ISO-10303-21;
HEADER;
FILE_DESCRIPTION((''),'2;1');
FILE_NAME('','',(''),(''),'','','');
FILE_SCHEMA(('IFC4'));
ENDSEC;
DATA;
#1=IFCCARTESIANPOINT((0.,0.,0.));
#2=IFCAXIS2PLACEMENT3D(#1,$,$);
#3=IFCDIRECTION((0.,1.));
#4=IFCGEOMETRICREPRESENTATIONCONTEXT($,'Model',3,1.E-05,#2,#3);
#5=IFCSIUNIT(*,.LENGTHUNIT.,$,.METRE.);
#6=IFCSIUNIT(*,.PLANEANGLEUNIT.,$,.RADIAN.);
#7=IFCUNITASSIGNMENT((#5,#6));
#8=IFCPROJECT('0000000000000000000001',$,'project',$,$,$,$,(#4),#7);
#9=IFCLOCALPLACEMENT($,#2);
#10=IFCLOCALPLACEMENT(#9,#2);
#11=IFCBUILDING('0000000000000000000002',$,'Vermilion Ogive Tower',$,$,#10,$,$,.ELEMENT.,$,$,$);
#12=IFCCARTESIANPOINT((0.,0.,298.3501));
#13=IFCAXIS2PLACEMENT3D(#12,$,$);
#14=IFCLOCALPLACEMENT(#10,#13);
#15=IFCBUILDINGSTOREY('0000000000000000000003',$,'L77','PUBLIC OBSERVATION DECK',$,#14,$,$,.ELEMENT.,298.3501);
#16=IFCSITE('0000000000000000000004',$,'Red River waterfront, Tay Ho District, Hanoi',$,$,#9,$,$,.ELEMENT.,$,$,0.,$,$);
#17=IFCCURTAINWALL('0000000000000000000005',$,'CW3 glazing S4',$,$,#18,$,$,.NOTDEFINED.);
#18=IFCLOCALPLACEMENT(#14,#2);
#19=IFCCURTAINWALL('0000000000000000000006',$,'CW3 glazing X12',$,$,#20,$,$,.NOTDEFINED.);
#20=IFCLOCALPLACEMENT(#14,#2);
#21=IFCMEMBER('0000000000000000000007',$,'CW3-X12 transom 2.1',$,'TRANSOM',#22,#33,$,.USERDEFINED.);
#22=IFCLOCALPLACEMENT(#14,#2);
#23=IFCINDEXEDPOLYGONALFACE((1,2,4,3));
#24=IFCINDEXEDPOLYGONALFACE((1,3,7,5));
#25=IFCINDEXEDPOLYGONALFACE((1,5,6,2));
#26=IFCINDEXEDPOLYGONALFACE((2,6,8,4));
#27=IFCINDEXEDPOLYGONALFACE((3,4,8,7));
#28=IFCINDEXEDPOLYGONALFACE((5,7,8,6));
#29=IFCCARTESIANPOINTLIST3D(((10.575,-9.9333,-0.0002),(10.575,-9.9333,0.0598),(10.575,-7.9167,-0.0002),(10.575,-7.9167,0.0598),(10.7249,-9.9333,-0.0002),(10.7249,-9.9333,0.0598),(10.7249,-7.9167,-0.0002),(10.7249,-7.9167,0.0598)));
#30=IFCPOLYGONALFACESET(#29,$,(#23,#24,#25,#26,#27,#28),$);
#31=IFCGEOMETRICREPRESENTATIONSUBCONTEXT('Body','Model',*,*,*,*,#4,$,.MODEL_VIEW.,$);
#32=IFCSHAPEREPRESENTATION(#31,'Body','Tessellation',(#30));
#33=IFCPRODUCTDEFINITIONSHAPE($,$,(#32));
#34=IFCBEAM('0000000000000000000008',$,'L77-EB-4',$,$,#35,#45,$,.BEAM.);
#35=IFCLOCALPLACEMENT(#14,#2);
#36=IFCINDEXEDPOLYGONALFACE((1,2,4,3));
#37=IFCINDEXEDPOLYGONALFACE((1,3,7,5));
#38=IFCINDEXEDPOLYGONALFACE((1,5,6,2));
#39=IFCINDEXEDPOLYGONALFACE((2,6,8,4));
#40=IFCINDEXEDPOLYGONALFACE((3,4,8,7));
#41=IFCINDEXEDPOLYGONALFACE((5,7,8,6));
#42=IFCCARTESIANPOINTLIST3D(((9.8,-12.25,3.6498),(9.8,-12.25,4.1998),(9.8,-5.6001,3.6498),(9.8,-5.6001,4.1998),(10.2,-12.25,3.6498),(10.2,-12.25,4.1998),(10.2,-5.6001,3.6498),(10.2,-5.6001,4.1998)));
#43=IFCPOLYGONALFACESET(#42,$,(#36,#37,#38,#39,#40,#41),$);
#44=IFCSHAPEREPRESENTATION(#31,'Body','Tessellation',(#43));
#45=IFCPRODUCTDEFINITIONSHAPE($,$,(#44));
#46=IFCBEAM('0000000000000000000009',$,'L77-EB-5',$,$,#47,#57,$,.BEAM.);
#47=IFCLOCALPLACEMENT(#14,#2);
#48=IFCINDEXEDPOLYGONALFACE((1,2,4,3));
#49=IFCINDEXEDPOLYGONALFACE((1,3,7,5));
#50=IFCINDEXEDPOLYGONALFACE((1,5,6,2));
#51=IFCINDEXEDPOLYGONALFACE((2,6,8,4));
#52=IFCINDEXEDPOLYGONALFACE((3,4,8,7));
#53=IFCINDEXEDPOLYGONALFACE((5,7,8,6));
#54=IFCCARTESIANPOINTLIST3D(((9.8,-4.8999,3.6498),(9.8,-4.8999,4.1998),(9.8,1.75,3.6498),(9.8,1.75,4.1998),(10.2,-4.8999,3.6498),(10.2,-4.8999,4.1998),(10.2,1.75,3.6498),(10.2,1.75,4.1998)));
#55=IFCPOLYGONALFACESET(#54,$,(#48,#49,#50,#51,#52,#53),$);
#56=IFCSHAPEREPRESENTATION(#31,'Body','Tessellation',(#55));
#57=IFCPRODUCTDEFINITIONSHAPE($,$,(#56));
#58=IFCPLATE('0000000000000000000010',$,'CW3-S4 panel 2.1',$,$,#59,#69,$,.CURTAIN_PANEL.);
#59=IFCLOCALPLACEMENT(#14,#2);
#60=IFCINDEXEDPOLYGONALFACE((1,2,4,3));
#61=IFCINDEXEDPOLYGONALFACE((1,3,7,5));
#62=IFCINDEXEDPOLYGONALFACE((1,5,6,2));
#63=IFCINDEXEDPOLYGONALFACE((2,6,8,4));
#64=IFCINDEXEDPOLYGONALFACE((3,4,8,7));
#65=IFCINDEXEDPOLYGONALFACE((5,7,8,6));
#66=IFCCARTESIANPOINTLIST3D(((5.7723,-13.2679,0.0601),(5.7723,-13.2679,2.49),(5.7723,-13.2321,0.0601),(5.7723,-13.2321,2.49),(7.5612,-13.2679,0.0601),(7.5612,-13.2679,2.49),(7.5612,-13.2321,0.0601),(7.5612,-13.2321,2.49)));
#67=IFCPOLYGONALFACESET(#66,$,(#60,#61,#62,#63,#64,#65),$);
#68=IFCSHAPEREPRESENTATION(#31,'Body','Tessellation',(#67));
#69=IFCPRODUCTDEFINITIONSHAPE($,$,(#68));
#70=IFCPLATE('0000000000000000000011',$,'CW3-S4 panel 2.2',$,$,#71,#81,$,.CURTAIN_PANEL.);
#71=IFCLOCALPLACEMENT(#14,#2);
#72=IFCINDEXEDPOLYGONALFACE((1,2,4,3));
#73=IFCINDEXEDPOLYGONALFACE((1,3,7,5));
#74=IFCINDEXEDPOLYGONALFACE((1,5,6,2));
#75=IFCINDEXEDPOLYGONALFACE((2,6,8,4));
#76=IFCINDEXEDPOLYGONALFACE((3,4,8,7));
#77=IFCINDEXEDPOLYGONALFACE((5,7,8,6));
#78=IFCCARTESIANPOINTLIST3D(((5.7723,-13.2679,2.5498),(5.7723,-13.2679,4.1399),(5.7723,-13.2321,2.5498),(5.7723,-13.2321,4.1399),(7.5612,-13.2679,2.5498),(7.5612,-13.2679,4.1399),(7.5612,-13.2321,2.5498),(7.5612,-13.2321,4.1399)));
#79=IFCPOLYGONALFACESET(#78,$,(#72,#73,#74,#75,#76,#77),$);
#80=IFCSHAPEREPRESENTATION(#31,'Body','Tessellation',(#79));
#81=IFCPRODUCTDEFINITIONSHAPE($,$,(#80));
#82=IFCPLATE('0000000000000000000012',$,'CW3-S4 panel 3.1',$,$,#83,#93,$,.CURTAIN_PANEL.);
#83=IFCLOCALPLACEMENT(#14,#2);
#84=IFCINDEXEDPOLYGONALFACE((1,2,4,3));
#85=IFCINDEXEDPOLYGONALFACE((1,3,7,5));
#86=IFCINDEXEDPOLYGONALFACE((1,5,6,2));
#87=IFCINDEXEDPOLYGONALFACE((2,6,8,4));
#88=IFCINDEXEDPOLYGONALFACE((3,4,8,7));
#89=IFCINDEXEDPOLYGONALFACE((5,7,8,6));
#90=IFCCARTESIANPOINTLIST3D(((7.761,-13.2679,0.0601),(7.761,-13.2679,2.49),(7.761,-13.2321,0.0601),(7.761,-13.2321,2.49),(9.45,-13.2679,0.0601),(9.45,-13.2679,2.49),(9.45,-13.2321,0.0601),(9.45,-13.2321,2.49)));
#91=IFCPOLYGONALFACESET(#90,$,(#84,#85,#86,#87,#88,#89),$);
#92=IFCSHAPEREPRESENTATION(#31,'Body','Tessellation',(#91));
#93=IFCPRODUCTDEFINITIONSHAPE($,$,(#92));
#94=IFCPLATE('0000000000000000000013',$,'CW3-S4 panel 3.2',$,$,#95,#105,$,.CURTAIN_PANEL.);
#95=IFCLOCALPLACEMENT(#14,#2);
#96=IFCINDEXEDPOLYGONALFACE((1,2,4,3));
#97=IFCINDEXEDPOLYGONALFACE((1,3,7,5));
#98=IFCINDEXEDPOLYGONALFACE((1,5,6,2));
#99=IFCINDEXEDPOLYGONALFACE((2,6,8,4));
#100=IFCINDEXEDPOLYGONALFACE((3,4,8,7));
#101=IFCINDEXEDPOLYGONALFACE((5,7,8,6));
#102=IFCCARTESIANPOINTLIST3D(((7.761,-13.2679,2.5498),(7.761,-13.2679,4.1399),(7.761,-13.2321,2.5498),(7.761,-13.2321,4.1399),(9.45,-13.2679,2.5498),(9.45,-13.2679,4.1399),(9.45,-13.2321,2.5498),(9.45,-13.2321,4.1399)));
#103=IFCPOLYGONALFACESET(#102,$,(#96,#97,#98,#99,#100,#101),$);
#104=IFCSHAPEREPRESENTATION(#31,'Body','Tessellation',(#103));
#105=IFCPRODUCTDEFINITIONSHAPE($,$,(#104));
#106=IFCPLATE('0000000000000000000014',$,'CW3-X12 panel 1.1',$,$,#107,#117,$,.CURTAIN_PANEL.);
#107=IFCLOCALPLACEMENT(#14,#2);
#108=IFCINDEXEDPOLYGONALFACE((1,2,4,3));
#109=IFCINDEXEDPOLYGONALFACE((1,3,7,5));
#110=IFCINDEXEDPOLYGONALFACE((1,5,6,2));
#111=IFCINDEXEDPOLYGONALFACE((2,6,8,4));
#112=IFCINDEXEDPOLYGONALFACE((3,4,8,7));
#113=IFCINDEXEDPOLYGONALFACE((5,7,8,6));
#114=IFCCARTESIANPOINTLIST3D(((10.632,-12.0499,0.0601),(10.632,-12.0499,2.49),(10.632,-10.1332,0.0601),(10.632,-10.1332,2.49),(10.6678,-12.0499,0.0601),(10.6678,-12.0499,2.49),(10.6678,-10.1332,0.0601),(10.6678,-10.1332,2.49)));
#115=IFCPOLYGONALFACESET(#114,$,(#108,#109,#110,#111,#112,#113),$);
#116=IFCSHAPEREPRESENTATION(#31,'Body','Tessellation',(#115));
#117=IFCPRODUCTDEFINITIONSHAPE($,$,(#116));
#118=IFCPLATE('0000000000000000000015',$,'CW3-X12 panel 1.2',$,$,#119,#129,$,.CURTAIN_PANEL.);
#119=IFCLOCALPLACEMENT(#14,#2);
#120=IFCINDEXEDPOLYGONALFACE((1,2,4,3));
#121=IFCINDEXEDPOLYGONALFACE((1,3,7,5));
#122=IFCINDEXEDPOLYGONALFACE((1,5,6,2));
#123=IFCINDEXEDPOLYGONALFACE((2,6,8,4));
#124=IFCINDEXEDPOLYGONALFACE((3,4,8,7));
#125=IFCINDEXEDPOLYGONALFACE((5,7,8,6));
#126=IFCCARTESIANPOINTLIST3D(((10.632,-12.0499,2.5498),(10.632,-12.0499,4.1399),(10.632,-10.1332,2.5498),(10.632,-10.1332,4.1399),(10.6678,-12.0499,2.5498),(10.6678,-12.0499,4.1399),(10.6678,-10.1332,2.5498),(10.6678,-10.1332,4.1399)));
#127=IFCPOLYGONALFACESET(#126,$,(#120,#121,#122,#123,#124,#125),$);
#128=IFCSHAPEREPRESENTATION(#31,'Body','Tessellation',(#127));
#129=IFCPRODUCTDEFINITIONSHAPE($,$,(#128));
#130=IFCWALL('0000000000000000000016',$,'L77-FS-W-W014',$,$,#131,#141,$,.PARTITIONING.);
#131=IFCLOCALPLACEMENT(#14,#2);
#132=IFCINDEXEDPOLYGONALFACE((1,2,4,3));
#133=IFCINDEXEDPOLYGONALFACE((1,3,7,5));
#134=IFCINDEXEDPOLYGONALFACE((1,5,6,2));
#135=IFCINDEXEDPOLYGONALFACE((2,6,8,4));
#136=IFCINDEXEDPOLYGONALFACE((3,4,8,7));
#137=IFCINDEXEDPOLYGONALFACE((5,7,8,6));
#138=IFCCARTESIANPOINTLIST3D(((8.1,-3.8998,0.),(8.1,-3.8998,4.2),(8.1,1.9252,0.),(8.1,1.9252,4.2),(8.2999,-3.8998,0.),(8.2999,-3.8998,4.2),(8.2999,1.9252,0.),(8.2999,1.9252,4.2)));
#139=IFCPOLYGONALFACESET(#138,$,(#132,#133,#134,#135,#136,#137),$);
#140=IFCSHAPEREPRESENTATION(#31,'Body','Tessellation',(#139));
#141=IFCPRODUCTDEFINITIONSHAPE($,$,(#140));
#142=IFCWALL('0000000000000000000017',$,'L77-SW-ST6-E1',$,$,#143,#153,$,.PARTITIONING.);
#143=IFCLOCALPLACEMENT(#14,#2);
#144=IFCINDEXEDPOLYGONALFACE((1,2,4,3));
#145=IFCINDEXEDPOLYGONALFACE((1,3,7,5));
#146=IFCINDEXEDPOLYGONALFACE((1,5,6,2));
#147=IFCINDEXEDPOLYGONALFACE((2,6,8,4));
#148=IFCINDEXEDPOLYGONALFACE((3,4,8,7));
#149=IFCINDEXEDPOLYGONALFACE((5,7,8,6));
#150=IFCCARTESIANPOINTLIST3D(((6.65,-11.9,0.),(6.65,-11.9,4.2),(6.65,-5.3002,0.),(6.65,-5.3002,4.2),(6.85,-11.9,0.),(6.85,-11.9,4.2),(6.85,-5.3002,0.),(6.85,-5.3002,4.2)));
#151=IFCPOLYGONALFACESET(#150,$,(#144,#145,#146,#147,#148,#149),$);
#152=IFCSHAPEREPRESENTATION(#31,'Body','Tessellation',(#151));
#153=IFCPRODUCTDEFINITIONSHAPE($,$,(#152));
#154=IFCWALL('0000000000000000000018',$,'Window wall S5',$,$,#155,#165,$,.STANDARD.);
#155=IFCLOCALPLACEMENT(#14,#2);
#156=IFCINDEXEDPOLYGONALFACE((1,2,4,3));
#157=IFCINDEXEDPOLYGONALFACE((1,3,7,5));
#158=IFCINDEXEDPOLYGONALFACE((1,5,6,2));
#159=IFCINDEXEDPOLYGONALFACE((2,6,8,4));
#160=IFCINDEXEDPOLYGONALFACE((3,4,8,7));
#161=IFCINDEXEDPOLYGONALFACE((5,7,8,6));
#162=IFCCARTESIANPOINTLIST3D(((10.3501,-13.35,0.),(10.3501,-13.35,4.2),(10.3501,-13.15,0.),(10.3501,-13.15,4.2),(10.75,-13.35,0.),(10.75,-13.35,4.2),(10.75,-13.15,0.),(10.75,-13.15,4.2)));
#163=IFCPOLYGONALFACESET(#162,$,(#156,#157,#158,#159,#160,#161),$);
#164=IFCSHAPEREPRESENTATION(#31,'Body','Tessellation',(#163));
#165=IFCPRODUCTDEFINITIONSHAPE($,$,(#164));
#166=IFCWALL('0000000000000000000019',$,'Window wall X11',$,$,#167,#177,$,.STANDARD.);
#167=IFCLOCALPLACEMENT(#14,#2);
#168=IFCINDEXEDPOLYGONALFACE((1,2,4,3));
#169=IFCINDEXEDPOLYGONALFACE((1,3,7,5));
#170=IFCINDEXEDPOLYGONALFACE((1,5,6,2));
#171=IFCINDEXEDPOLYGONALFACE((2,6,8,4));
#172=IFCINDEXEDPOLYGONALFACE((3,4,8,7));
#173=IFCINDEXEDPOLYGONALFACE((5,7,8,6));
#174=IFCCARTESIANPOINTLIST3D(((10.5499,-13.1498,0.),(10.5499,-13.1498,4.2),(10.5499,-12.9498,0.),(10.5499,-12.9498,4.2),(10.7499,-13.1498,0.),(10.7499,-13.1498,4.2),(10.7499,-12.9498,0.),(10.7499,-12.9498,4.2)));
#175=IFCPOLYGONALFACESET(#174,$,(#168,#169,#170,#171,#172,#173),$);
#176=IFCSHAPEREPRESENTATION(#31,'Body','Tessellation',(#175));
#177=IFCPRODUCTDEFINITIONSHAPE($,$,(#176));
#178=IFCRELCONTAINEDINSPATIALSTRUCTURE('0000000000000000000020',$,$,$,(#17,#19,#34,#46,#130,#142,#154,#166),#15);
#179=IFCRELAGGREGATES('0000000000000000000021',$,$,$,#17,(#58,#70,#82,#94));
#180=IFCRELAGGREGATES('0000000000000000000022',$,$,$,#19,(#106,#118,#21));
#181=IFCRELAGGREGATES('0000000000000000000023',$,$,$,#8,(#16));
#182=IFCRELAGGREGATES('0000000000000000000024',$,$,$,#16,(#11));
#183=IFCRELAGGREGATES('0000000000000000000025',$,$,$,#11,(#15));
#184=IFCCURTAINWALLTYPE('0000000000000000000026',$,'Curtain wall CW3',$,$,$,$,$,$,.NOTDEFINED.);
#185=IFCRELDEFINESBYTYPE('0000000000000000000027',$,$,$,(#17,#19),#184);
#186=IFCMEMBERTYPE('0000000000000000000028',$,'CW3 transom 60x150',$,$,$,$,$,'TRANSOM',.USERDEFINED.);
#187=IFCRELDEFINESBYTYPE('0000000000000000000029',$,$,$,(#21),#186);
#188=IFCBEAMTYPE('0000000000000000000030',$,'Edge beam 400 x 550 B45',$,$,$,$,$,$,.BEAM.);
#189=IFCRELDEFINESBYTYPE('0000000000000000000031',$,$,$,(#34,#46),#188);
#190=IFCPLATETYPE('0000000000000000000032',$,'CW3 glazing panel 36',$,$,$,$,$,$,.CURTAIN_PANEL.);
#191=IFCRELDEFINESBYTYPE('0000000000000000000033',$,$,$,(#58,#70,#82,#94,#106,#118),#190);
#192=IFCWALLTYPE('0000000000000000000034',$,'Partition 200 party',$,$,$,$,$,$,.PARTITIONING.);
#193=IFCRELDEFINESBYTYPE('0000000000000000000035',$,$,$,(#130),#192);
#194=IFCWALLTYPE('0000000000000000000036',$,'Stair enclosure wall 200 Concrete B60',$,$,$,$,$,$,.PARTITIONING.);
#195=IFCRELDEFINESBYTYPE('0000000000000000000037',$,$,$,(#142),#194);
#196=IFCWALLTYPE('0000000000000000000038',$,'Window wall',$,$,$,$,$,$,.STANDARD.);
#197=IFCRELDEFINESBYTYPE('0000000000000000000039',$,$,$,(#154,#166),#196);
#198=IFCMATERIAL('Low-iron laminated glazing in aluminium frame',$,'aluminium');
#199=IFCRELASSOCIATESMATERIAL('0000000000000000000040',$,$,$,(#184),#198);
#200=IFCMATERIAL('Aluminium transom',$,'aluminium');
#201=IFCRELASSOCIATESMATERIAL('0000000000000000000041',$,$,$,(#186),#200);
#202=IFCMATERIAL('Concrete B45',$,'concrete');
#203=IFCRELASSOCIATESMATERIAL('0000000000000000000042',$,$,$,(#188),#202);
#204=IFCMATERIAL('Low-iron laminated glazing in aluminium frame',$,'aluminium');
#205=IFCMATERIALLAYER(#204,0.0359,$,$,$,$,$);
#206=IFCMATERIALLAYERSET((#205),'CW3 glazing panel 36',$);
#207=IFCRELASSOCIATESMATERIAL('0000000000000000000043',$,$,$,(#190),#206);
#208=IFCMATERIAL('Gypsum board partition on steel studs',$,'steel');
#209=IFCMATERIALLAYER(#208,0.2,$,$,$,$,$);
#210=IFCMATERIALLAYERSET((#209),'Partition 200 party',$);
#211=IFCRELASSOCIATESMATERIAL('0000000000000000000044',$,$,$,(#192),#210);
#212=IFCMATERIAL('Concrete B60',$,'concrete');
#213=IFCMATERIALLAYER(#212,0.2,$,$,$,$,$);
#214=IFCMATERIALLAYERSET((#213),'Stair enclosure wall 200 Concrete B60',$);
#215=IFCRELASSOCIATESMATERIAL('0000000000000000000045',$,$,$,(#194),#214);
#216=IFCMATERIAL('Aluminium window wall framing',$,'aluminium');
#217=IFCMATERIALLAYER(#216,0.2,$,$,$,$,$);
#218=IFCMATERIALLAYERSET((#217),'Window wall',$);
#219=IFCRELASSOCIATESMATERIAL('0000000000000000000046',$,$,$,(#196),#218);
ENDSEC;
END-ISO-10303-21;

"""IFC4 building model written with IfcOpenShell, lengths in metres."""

from ifc_helpers import new_model, si_unit, direction, frame, frame_2d, origin, origin_2d, place, context, subcontext, project, spatial, rectangle, extrude, material, layer, layer_set, material_profile, profile_set, type_object, element, aggregate, save


model = new_model("IFC4")

# Units and contexts
model_context = context("Model", 3, precision=1e-05, world=origin(), true_north=direction((0.0, 1.0)))
body_context = subcontext(model_context, "Body", "Model", "MODEL_VIEW")
ifc_project = project(units=[si_unit("LENGTHUNIT", "METRE"), si_unit("PLANEANGLEUNIT", "RADIAN")], contexts=[model_context])

# Site, building, storey
site_placement = place(None, origin())
site = spatial("IfcSite", under=ifc_project, at=site_placement, Name="Red River waterfront, Tay Ho District, Hanoi", CompositionType="ELEMENT", RefElevation=0.0)
building_placement = place(site_placement, origin())
building = spatial("IfcBuilding", under=site, at=building_placement, Name="Vermilion Ogive Tower", CompositionType="ELEMENT")
storey_placement = place(building_placement, frame((0.0, 0.0, 298.3501)))
storey = spatial("IfcBuildingStorey", under=building, at=storey_placement, Name="L77", Description="PUBLIC OBSERVATION DECK", CompositionType="ELEMENT", Elevation=298.3501)

# Curtain walls
ifc_material_1 = material(Name="Low-iron laminated glazing in aluminium frame", Category="aluminium")
curtain_wall_type = type_object("IfcCurtainWallType", Name="Curtain wall CW3", PredefinedType="NOTDEFINED", material=ifc_material_1)
curtain_wall_1_placement = place(storey_placement, origin())
curtain_wall_1 = element("IfcCurtainWall", 1, at=curtain_wall_1_placement, inside=storey, type_object=curtain_wall_type, Name="CW3 glazing S4", PredefinedType="NOTDEFINED")
curtain_wall_2_placement = place(storey_placement, origin())
curtain_wall_2 = element("IfcCurtainWall", 2, at=curtain_wall_2_placement, inside=storey, type_object=curtain_wall_type, Name="CW3 glazing X12", PredefinedType="NOTDEFINED")

# Member
ifc_material_2 = material(Name="Aluminium transom", Category="aluminium")
ifc_material_profile_1 = material_profile(ifc_material_2, rectangle(XDim=0.1499, YDim=0.0601, at=origin_2d()), Name="AL 60x150")
ifc_profile_set_1 = profile_set([ifc_material_profile_1], Name="Aluminium transom")
member_type_1 = type_object("IfcMemberType", Name="CW3 transom 60x150", ElementType="TRANSOM", PredefinedType="USERDEFINED", material=ifc_profile_set_1)
member_1_placement = place(storey_placement, frame((10.6499, -9.9333, 0.0298), z_axis=(0.0, 1.0, 0.0), x_axis=(-1.0, 0.0, 0.0)))
member_1 = element("IfcMember", 3, at=member_1_placement, type_object=member_type_1, Name="CW3-X12 transom 2.1", ObjectType="TRANSOM", PredefinedType="USERDEFINED", context=body_context, shape_type="SweptSolid", body=[
    extrude(rectangle(XDim=0.1499, YDim=0.0601, at=origin_2d()), origin(), (0.0, 0.0, 1.0), 2.0166),
])

# Beams
ifc_material_3 = material(Name="Concrete B45", Category="concrete")
ifc_material_profile_2 = material_profile(ifc_material_3, rectangle(XDim=0.3999, YDim=0.55, at=origin_2d()), Name="400 x 550")
ifc_profile_set_2 = profile_set([ifc_material_profile_2], Name="Concrete B45")
beam_type = type_object("IfcBeamType", Name="Edge beam 400 x 550 B45", PredefinedType="BEAM", material=ifc_profile_set_2)
for number, where, z_axis, x_axis, name in (
    (4, (10.0, -12.25, 3.9248), (0.0, 1.0, 0.0), (-1.0, 0.0, 0.0), "L77-EB-4"),
    (5, (10.0, -4.8999, 3.9248), (0.0, 1.0, 0.0), (-1.0, 0.0, 0.0), "L77-EB-5"),
):
    element("IfcBeam", number, at=place(storey_placement, frame(where, z_axis=z_axis, x_axis=x_axis)), inside=storey, type_object=beam_type, Name=name, PredefinedType="BEAM", context=body_context, shape_type="SweptSolid", body=[
        extrude(rectangle(XDim=0.3999, YDim=0.55, at=origin_2d()), origin(), (0.0, 0.0, 1.0), 6.6499),
    ])

# Plates
ifc_material_4 = material(Name="Low-iron laminated glazing in aluminium frame", Category="aluminium")
ifc_layer_1 = layer(ifc_material_4, 0.0359)
ifc_layer_set_1 = layer_set([ifc_layer_1], Name="CW3 glazing panel 36")
plate_type = type_object("IfcPlateType", Name="CW3 glazing panel 36", PredefinedType="CURTAIN_PANEL", material=ifc_layer_set_1)
plate_1_placement = place(storey_placement, frame((6.6667, -13.25, 0.0601), z_axis=(0.0, 0.0, 1.0), x_axis=(1.0, 0.0, 0.0)))
plate_1 = element("IfcPlate", 6, at=plate_1_placement, type_object=plate_type, Name="CW3-S4 panel 2.1", PredefinedType="CURTAIN_PANEL", context=body_context, shape_type="SweptSolid", body=[
    extrude(rectangle(XDim=1.7888, YDim=0.0359, at=origin_2d()), origin(), (0.0, 0.0, 1.0), 2.4299),
])
plate_2_placement = place(storey_placement, frame((6.6667, -13.25, 2.5498), z_axis=(0.0, 0.0, 1.0), x_axis=(1.0, 0.0, 0.0)))
plate_2 = element("IfcPlate", 7, at=plate_2_placement, type_object=plate_type, Name="CW3-S4 panel 2.2", PredefinedType="CURTAIN_PANEL", context=body_context, shape_type="SweptSolid", body=[
    extrude(rectangle(XDim=1.7888, YDim=0.0359, at=origin_2d()), origin(), (0.0, 0.0, 1.0), 1.5901),
])
plate_3_placement = place(storey_placement, frame((8.6055, -13.25, 0.0601), z_axis=(0.0, 0.0, 1.0), x_axis=(1.0, 0.0, 0.0)))
plate_3 = element("IfcPlate", 8, at=plate_3_placement, type_object=plate_type, Name="CW3-S4 panel 3.1", PredefinedType="CURTAIN_PANEL", context=body_context, shape_type="SweptSolid", body=[
    extrude(rectangle(XDim=1.689, YDim=0.0359, at=origin_2d()), origin(), (0.0, 0.0, 1.0), 2.4299),
])
plate_4_placement = place(storey_placement, frame((8.6055, -13.25, 2.5498), z_axis=(0.0, 0.0, 1.0), x_axis=(1.0, 0.0, 0.0)))
plate_4 = element("IfcPlate", 9, at=plate_4_placement, type_object=plate_type, Name="CW3-S4 panel 3.2", PredefinedType="CURTAIN_PANEL", context=body_context, shape_type="SweptSolid", body=[
    extrude(rectangle(XDim=1.689, YDim=0.0359, at=origin_2d()), origin(), (0.0, 0.0, 1.0), 1.5901),
])
aggregate(curtain_wall_1, [plate_1, plate_2, plate_3, plate_4])
plate_5_placement = place(storey_placement, frame((10.6499, -11.0916, 0.0601), z_axis=(0.0, 0.0, 1.0), x_axis=(0.0, 1.0, 0.0)))
plate_5 = element("IfcPlate", 10, at=plate_5_placement, type_object=plate_type, Name="CW3-X12 panel 1.1", PredefinedType="CURTAIN_PANEL", context=body_context, shape_type="SweptSolid", body=[
    extrude(rectangle(XDim=1.9167, YDim=0.0359, at=origin_2d()), origin(), (0.0, 0.0, 1.0), 2.4299),
])
plate_6_placement = place(storey_placement, frame((10.6499, -11.0916, 2.5498), z_axis=(0.0, 0.0, 1.0), x_axis=(0.0, 1.0, 0.0)))
plate_6 = element("IfcPlate", 11, at=plate_6_placement, type_object=plate_type, Name="CW3-X12 panel 1.2", PredefinedType="CURTAIN_PANEL", context=body_context, shape_type="SweptSolid", body=[
    extrude(rectangle(XDim=1.9167, YDim=0.0359, at=origin_2d()), origin(), (0.0, 0.0, 1.0), 1.5901),
])
aggregate(curtain_wall_2, [plate_5, plate_6, member_1])

# Walls
ifc_material_5 = material(Name="Gypsum board partition on steel studs", Category="steel")
ifc_layer_2 = layer(ifc_material_5, 0.2)
ifc_layer_set_2 = layer_set([ifc_layer_2], Name="Partition 200 party")
wall_type_1 = type_object("IfcWallType", Name="Partition 200 party", PredefinedType="PARTITIONING", material=ifc_layer_set_2)
wall_1_placement = place(storey_placement, frame((8.2, -3.8999, 0.0), z_axis=(0.0, 0.0, 1.0), x_axis=(0.0, 1.0, 0.0)))
element("IfcWall", 12, at=wall_1_placement, inside=storey, type_object=wall_type_1, Name="L77-FS-W-W014", PredefinedType="PARTITIONING", context=body_context, shape_type="SweptSolid", body=[
    extrude(rectangle(XDim=5.825, YDim=0.2, at=frame_2d((2.9126, 0.0))), origin(), (0.0, 0.0, 1.0), 4.2),
])
ifc_material_6 = material(Name="Concrete B60", Category="concrete")
ifc_layer_3 = layer(ifc_material_6, 0.2)
ifc_layer_set_3 = layer_set([ifc_layer_3], Name="Stair enclosure wall 200 Concrete B60")
wall_type_2 = type_object("IfcWallType", Name="Stair enclosure wall 200 Concrete B60", PredefinedType="PARTITIONING", material=ifc_layer_set_3)
wall_2_placement = place(storey_placement, frame((6.75, -11.8999, 0.0), z_axis=(0.0, 0.0, 1.0), x_axis=(0.0, 1.0, 0.0)))
element("IfcWall", 13, at=wall_2_placement, inside=storey, type_object=wall_type_2, Name="L77-SW-ST6-E1", PredefinedType="PARTITIONING", context=body_context, shape_type="SweptSolid", body=[
    extrude(rectangle(XDim=6.5999, YDim=0.2, at=frame_2d((3.2998, 0.0))), origin(), (0.0, 0.0, 1.0), 4.2),
])
ifc_material_7 = material(Name="Aluminium window wall framing", Category="aluminium")
ifc_layer_4 = layer(ifc_material_7, 0.2)
ifc_layer_set_4 = layer_set([ifc_layer_4], Name="Window wall")
wall_type_3 = type_object("IfcWallType", Name="Window wall", PredefinedType="STANDARD", material=ifc_layer_set_4)
wall_3_placement = place(storey_placement, frame((10.3501, -13.25, 0.0), z_axis=(0.0, 0.0, 1.0), x_axis=(1.0, 0.0, 0.0)))
element("IfcWall", 14, at=wall_3_placement, inside=storey, type_object=wall_type_3, Name="Window wall S5", PredefinedType="STANDARD", context=body_context, shape_type="SweptSolid", body=[
    extrude(rectangle(XDim=0.3999, YDim=0.2, at=frame_2d((0.2, 0.0))), origin(), (0.0, 0.0, 1.0), 4.2),
])
wall_4_placement = place(storey_placement, frame((10.6499, -13.1499, 0.0), z_axis=(0.0, 0.0, 1.0), x_axis=(0.0, 1.0, 0.0)))
element("IfcWall", 15, at=wall_4_placement, inside=storey, type_object=wall_type_3, Name="Window wall X11", PredefinedType="STANDARD", context=body_context, shape_type="SweptSolid", body=[
    extrude(rectangle(XDim=0.2, YDim=0.2, at=frame_2d((0.1001, 0.0))), origin(), (0.0, 0.0, 1.0), 4.2),
])

save(model, "model.ifc")
